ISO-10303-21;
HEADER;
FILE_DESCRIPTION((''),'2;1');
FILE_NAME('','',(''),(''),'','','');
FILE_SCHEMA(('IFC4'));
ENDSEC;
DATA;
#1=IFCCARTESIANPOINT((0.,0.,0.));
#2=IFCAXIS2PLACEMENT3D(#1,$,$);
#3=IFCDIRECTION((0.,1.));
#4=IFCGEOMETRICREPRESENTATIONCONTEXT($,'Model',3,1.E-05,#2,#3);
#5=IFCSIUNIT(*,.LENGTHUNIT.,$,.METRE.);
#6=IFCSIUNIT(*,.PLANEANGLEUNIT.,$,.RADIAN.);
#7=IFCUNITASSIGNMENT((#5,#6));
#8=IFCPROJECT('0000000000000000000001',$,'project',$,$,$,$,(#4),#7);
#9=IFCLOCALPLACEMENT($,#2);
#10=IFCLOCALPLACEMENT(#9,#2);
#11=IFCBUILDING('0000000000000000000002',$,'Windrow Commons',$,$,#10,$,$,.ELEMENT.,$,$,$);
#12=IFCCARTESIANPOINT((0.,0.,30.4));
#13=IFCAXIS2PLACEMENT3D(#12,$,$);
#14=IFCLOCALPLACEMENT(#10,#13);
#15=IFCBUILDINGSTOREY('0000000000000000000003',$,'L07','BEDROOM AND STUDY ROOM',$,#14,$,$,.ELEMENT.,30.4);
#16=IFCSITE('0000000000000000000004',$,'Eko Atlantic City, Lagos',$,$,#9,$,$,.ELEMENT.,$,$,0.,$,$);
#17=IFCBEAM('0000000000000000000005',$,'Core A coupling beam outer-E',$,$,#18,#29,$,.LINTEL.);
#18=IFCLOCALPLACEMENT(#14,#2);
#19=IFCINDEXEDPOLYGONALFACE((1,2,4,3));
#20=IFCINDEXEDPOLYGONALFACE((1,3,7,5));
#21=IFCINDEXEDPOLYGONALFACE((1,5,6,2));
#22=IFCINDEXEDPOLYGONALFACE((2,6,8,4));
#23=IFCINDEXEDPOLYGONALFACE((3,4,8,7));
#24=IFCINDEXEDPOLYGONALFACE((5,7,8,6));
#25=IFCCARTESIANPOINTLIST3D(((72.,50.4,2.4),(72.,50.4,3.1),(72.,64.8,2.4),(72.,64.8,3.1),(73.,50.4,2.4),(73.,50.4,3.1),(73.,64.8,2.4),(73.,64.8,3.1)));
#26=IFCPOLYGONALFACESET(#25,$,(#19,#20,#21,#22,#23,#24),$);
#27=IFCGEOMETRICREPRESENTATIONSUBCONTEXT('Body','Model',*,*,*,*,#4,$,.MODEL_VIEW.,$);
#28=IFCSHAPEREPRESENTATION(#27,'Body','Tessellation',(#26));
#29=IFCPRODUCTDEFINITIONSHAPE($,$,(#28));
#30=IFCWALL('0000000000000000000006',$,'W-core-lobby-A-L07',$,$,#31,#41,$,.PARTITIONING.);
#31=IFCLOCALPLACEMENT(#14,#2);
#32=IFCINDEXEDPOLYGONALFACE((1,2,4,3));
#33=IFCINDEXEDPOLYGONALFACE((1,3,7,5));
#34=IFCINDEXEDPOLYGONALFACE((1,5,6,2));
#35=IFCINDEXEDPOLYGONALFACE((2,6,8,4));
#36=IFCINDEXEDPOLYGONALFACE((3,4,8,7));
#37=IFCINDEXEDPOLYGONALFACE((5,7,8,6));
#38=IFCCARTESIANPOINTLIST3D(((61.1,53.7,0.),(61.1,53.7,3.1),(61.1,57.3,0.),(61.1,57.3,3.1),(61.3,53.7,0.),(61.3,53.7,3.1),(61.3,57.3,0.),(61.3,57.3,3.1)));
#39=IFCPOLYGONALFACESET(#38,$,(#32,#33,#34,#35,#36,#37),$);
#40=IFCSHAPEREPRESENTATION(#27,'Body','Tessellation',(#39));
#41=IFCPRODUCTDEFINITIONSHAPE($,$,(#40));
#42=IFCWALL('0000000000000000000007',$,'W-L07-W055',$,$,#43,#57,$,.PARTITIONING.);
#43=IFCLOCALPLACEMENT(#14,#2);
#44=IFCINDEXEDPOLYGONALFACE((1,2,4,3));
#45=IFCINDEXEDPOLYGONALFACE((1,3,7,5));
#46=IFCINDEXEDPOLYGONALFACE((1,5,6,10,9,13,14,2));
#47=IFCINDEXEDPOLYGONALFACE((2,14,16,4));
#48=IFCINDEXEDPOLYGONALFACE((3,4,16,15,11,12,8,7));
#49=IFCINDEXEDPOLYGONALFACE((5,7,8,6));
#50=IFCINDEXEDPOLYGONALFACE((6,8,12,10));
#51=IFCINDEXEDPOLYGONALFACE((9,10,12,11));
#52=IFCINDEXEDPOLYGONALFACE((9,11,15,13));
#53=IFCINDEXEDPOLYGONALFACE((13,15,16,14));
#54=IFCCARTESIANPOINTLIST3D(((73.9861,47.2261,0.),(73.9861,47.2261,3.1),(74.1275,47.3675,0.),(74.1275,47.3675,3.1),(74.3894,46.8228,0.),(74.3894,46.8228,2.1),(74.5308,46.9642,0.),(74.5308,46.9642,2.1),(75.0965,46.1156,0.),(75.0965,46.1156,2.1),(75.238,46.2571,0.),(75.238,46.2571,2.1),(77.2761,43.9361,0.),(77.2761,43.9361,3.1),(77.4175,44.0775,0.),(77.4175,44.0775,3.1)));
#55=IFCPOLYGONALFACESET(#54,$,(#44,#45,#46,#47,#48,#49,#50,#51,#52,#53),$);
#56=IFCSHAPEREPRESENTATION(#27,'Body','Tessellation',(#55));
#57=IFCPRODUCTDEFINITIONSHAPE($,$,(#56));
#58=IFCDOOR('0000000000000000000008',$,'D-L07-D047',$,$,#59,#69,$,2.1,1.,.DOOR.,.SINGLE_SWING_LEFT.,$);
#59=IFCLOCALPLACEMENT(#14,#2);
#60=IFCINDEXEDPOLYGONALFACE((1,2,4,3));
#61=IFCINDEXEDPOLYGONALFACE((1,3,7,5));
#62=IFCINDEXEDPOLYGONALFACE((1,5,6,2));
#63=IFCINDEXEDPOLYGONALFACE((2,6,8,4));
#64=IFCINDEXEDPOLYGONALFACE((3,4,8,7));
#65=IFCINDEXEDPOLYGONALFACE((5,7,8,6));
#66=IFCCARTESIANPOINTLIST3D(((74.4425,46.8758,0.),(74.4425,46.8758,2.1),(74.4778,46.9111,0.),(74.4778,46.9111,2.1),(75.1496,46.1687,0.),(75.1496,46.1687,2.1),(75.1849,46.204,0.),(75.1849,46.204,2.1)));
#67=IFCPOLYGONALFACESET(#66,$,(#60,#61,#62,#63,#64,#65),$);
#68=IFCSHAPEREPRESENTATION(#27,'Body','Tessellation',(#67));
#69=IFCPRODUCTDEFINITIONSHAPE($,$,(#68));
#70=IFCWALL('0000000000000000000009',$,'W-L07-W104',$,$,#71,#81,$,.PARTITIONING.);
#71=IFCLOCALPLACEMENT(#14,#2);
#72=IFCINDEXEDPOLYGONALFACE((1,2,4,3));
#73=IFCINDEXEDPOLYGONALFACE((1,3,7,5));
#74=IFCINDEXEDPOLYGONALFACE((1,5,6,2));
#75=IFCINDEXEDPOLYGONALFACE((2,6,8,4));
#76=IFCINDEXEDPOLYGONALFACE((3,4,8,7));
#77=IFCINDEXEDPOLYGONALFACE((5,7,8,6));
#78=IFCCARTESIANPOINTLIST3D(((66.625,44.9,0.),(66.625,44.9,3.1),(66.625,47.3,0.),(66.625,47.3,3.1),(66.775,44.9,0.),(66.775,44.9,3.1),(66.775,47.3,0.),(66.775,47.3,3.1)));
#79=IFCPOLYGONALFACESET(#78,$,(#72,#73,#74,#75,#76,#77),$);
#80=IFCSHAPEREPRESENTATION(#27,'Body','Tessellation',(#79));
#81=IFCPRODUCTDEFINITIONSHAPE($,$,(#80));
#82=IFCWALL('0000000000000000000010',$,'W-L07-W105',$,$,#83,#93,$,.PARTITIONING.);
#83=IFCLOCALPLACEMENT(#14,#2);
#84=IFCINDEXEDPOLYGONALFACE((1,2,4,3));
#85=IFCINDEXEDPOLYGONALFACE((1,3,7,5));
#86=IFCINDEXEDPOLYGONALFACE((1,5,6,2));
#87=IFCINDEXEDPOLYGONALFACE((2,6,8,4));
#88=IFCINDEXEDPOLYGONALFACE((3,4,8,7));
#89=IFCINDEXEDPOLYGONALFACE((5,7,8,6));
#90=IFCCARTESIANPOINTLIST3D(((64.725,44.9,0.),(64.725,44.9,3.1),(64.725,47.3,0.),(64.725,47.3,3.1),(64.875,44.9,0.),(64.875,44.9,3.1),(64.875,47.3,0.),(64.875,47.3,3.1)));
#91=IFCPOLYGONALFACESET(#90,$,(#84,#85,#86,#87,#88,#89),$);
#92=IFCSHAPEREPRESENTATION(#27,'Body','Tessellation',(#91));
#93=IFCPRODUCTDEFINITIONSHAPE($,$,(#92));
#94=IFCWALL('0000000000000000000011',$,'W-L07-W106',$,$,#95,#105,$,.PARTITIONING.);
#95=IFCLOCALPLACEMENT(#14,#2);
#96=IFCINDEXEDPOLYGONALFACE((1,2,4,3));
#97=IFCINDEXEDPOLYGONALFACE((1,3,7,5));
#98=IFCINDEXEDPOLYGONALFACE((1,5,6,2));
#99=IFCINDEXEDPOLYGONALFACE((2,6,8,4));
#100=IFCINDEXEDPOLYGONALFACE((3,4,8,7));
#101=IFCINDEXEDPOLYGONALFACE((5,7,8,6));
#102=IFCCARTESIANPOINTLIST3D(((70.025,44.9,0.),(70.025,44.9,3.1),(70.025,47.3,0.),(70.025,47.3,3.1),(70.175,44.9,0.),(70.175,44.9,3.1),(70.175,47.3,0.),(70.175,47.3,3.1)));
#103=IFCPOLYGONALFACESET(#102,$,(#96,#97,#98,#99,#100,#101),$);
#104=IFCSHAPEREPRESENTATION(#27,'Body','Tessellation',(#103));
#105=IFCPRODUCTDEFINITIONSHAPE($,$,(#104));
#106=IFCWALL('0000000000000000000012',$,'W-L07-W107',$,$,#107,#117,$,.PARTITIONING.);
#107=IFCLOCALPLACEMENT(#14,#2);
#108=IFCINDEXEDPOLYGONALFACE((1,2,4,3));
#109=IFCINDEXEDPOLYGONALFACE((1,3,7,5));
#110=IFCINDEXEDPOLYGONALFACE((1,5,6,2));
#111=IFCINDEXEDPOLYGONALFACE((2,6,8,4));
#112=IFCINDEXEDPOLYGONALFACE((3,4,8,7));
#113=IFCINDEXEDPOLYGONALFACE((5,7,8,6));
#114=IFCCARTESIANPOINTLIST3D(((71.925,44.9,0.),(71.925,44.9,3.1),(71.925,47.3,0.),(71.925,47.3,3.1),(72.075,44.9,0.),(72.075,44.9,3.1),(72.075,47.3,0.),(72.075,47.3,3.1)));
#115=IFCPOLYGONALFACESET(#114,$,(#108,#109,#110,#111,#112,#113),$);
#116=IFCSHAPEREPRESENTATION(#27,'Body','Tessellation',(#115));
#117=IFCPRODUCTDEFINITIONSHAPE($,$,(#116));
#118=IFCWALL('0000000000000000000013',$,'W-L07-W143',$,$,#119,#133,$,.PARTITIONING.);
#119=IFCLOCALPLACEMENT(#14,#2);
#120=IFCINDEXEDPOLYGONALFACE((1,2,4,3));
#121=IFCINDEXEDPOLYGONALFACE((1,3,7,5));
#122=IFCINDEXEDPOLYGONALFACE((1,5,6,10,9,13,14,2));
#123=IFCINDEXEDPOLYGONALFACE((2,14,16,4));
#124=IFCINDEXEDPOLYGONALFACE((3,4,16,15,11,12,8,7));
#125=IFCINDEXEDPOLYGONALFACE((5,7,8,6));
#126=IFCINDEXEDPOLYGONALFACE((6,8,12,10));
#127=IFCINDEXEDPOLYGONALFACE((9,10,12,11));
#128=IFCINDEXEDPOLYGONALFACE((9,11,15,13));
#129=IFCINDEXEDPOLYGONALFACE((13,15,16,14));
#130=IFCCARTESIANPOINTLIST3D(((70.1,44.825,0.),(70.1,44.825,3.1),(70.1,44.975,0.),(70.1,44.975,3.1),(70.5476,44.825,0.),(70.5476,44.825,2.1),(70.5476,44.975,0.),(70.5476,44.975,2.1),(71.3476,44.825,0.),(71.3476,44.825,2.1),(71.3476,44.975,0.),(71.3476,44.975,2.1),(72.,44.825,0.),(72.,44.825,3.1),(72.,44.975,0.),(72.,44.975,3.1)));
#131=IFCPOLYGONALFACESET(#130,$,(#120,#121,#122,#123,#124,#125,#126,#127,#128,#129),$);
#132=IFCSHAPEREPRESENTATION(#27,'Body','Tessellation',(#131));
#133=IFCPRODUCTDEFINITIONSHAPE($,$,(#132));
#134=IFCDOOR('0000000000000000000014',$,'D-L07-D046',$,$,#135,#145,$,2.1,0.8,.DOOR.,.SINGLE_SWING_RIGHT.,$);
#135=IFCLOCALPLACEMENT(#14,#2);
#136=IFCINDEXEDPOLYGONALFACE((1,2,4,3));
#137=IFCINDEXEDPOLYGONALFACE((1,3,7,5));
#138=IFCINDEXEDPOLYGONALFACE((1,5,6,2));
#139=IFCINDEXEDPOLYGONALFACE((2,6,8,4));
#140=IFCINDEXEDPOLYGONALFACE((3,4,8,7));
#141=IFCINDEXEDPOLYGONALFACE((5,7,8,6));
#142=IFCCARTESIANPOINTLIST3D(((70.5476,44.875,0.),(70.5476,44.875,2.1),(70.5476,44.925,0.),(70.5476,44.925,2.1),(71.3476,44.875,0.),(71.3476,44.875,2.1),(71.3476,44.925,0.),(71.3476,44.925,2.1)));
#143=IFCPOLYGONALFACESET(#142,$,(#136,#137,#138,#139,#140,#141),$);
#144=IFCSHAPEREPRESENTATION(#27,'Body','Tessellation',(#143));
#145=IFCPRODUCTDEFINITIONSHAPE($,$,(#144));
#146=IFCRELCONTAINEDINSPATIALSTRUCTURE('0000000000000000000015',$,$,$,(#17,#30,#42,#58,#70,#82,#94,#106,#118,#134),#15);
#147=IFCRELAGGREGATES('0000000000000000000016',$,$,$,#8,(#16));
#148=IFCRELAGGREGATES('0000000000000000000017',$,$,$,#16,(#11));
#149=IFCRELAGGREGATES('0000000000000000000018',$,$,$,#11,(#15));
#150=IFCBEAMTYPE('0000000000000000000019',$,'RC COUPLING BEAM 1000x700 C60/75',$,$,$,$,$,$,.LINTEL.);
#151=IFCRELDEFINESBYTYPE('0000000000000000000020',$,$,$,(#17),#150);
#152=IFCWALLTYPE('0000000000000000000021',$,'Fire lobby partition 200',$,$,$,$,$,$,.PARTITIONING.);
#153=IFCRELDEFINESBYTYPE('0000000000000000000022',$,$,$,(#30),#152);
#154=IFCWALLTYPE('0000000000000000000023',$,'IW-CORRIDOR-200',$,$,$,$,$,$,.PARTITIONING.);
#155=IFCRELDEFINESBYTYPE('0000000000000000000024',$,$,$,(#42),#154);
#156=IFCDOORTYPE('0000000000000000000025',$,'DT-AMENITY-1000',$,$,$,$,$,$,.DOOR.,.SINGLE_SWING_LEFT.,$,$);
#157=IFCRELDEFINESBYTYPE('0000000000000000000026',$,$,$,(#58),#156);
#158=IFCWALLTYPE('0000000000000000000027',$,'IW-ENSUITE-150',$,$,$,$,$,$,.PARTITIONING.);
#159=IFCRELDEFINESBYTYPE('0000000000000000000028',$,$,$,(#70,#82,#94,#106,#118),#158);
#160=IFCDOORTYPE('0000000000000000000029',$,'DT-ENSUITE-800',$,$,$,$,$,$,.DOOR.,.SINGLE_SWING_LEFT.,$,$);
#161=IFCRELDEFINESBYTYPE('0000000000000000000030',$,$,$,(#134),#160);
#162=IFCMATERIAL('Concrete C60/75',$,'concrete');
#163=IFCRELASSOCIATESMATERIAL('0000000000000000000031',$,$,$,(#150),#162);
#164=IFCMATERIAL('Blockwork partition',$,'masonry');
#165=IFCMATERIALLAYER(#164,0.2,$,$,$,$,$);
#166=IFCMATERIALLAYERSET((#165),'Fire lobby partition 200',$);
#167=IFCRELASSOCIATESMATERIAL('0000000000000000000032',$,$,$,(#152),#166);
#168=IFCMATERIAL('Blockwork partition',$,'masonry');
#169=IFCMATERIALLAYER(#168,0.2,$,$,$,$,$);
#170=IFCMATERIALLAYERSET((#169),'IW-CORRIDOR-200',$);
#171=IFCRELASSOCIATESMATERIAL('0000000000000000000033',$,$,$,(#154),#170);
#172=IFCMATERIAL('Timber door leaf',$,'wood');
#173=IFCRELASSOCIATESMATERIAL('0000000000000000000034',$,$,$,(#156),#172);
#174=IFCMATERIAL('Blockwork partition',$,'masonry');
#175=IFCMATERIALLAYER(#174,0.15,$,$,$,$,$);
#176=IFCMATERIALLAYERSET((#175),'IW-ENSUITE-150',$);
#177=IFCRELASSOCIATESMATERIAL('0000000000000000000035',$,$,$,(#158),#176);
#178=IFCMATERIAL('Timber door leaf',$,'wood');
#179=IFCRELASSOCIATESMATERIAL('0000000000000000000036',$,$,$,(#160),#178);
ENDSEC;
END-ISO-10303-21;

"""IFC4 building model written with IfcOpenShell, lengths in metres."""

from ifc_helpers import new_model, si_unit, direction, frame, frame_2d, origin, origin_2d, place, context, subcontext, project, spatial, rectangle, extrude, material, layer, layer_set, material_profile, profile_set, type_object, element, fill, save


model = new_model("IFC4")

# Units and contexts
model_context = context("Model", 3, precision=1e-05, world=origin(), true_north=direction((0.0, 1.0)))
body_context = subcontext(model_context, "Body", "Model", "MODEL_VIEW")
ifc_project = project(units=[si_unit("LENGTHUNIT", "METRE"), si_unit("PLANEANGLEUNIT", "RADIAN")], contexts=[model_context])

# Site, building, storey
site_placement = place(None, origin())
site = spatial("IfcSite", under=ifc_project, at=site_placement, Name="Eko Atlantic City, Lagos", CompositionType="ELEMENT", RefElevation=0.0)
building_placement = place(site_placement, origin())
building = spatial("IfcBuilding", under=site, at=building_placement, Name="Windrow Commons", CompositionType="ELEMENT")
storey_placement = place(building_placement, frame((0.0, 0.0, 30.4)))
storey = spatial("IfcBuildingStorey", under=building, at=storey_placement, Name="L07", Description="BEDROOM AND STUDY ROOM", CompositionType="ELEMENT", Elevation=30.4)

# Beam
ifc_material_1 = material(Name="Concrete C60/75", Category="concrete")
ifc_material_profile = material_profile(ifc_material_1, rectangle(XDim=1.0, YDim=0.7, at=origin_2d()))
ifc_profile_set = profile_set([ifc_material_profile], Name="Concrete C60/75")
beam_type = type_object("IfcBeamType", Name="RC COUPLING BEAM 1000x700 C60/75", PredefinedType="LINTEL", material=ifc_profile_set)
beam_placement = place(storey_placement, frame((72.5, 50.4, 2.75), z_axis=(0.0, 1.0, 0.0), x_axis=(-1.0, 0.0, 0.0)))
element("IfcBeam", 1, at=beam_placement, inside=storey, type_object=beam_type, Name="Core A coupling beam outer-E", PredefinedType="LINTEL", context=body_context, shape_type="SweptSolid", body=[
    extrude(rectangle(XDim=1.0, YDim=0.7, at=origin_2d()), origin(), (0.0, 0.0, 1.0), 14.4),
])

# Wall
ifc_material_2 = material(Name="Blockwork partition", Category="masonry")
ifc_layer_1 = layer(ifc_material_2, 0.2)
ifc_layer_set_1 = layer_set([ifc_layer_1], Name="Fire lobby partition 200")
wall_type_1 = type_object("IfcWallType", Name="Fire lobby partition 200", PredefinedType="PARTITIONING", material=ifc_layer_set_1)
wall_1_placement = place(storey_placement, frame((61.2, 53.7, 0.0), z_axis=(0.0, 0.0, 1.0), x_axis=(0.0, 1.0, 0.0)))
element("IfcWall", 2, at=wall_1_placement, inside=storey, type_object=wall_type_1, Name="W-core-lobby-A-L07", PredefinedType="PARTITIONING", context=body_context, shape_type="SweptSolid", body=[
    extrude(rectangle(XDim=3.6, YDim=0.2, at=frame_2d((1.8, 0.0))), origin(), (0.0, 0.0, 1.0), 3.1),
])

# Wall, opening, door
ifc_material_3 = material(Name="Blockwork partition", Category="masonry")
ifc_layer_2 = layer(ifc_material_3, 0.2)
ifc_layer_set_2 = layer_set([ifc_layer_2], Name="IW-CORRIDOR-200")
wall_type_2 = type_object("IfcWallType", Name="IW-CORRIDOR-200", PredefinedType="PARTITIONING", material=ifc_layer_set_2)
wall_2_placement = place(storey_placement, frame((74.0568, 47.2968, 0.0), z_axis=(0.0, 0.0, 1.0), x_axis=(0.707107, -0.707107, 0.0)))
wall_2 = element("IfcWall", 3, at=wall_2_placement, inside=storey, type_object=wall_type_2, Name="W-L07-W055", PredefinedType="PARTITIONING", context=body_context, shape_type="SweptSolid", body=[
    extrude(rectangle(XDim=4.6528, YDim=0.2, at=frame_2d((2.3264, 0.0))), origin(), (0.0, 0.0, 1.0), 3.1),
])
opening_1_placement = place(wall_2_placement, frame((0.5704, 0.0, 0.0)))
opening_1 = element("IfcOpeningElement", 4, at=opening_1_placement, cuts=wall_2, PredefinedType="OPENING", context=body_context, shape_type="SweptSolid", body=[
    extrude(rectangle(XDim=1.0, YDim=2.1, at=frame_2d((0.5, 1.05))), frame((0.0, 0.11, 0.0), z_axis=(0.0, -1.0, 0.0), x_axis=(1.0, 0.0, 0.0)), (0.0, 0.0, 1.0), 0.22),
])
ifc_material_4 = material(Name="Timber door leaf", Category="wood")
door_type_1 = type_object("IfcDoorType", Name="DT-AMENITY-1000", OperationType="SINGLE_SWING_LEFT", PredefinedType="DOOR", material=ifc_material_4)
door_1_placement = place(opening_1_placement, origin())
door_1 = element("IfcDoor", 5, at=door_1_placement, inside=storey, type_object=door_type_1, Name="D-L07-D047", OperationType="SINGLE_SWING_LEFT", OverallHeight=2.1, OverallWidth=1.0, PredefinedType="DOOR", context=body_context, shape_type="SweptSolid", body=[
    extrude(rectangle(XDim=1.0, YDim=2.1, at=frame_2d((0.5, 1.05))), frame((0.0, 0.025, 0.0), z_axis=(0.0, -1.0, 0.0), x_axis=(1.0, 0.0, 0.0)), (0.0, 0.0, 1.0), 0.05),
])
fill(opening_1, door_1)

# Walls
ifc_material_5 = material(Name="Blockwork partition", Category="masonry")
ifc_layer_3 = layer(ifc_material_5, 0.15)
ifc_layer_set_3 = layer_set([ifc_layer_3], Name="IW-ENSUITE-150")
wall_type_3 = type_object("IfcWallType", Name="IW-ENSUITE-150", PredefinedType="PARTITIONING", material=ifc_layer_set_3)
for number, where, z_axis, x_axis, name in (
    (6, (66.7, 44.9, 0.0), (0.0, 0.0, 1.0), (0.0, 1.0, 0.0), "W-L07-W104"),
    (7, (64.8, 44.9, 0.0), (0.0, 0.0, 1.0), (0.0, 1.0, 0.0), "W-L07-W105"),
    (8, (70.1, 44.9, 0.0), (0.0, 0.0, 1.0), (0.0, 1.0, 0.0), "W-L07-W106"),
    (9, (72.0, 44.9, 0.0), (0.0, 0.0, 1.0), (0.0, 1.0, 0.0), "W-L07-W107"),
):
    element("IfcWall", number, at=place(storey_placement, frame(where, z_axis=z_axis, x_axis=x_axis)), inside=storey, type_object=wall_type_3, Name=name, PredefinedType="PARTITIONING", context=body_context, shape_type="SweptSolid", body=[
        extrude(rectangle(XDim=2.4, YDim=0.15, at=frame_2d((1.2, 0.0))), origin(), (0.0, 0.0, 1.0), 3.1),
    ])

# Wall, opening, door
wall_3_placement = place(storey_placement, frame((70.1, 44.9, 0.0), z_axis=(0.0, 0.0, 1.0), x_axis=(1.0, 0.0, 0.0)))
wall_3 = element("IfcWall", 10, at=wall_3_placement, inside=storey, type_object=wall_type_3, Name="W-L07-W143", PredefinedType="PARTITIONING", context=body_context, shape_type="SweptSolid", body=[
    extrude(rectangle(XDim=1.9, YDim=0.15, at=frame_2d((0.95, 0.0))), origin(), (0.0, 0.0, 1.0), 3.1),
])
opening_2_placement = place(wall_3_placement, frame((0.4476, 0.0, 0.0)))
opening_2 = element("IfcOpeningElement", 11, at=opening_2_placement, cuts=wall_3, PredefinedType="OPENING", context=body_context, shape_type="SweptSolid", body=[
    extrude(rectangle(XDim=0.8, YDim=2.1, at=frame_2d((0.4, 1.05))), frame((0.0, 0.085, 0.0), z_axis=(0.0, -1.0, 0.0), x_axis=(1.0, 0.0, 0.0)), (0.0, 0.0, 1.0), 0.17),
])
ifc_material_6 = material(Name="Timber door leaf", Category="wood")
door_type_2 = type_object("IfcDoorType", Name="DT-ENSUITE-800", OperationType="SINGLE_SWING_LEFT", PredefinedType="DOOR", material=ifc_material_6)
door_2_placement = place(opening_2_placement, origin())
door_2 = element("IfcDoor", 12, at=door_2_placement, inside=storey, type_object=door_type_2, Name="D-L07-D046", OperationType="SINGLE_SWING_RIGHT", OverallHeight=2.1, OverallWidth=0.8, PredefinedType="DOOR", context=body_context, shape_type="SweptSolid", body=[
    extrude(rectangle(XDim=0.8, YDim=2.1, at=frame_2d((0.4, 1.05))), frame((0.0, 0.025, 0.0), z_axis=(0.0, -1.0, 0.0), x_axis=(1.0, 0.0, 0.0)), (0.0, 0.0, 1.0), 0.05),
])
fill(opening_2, door_2)

save(model, "model.ifc")
